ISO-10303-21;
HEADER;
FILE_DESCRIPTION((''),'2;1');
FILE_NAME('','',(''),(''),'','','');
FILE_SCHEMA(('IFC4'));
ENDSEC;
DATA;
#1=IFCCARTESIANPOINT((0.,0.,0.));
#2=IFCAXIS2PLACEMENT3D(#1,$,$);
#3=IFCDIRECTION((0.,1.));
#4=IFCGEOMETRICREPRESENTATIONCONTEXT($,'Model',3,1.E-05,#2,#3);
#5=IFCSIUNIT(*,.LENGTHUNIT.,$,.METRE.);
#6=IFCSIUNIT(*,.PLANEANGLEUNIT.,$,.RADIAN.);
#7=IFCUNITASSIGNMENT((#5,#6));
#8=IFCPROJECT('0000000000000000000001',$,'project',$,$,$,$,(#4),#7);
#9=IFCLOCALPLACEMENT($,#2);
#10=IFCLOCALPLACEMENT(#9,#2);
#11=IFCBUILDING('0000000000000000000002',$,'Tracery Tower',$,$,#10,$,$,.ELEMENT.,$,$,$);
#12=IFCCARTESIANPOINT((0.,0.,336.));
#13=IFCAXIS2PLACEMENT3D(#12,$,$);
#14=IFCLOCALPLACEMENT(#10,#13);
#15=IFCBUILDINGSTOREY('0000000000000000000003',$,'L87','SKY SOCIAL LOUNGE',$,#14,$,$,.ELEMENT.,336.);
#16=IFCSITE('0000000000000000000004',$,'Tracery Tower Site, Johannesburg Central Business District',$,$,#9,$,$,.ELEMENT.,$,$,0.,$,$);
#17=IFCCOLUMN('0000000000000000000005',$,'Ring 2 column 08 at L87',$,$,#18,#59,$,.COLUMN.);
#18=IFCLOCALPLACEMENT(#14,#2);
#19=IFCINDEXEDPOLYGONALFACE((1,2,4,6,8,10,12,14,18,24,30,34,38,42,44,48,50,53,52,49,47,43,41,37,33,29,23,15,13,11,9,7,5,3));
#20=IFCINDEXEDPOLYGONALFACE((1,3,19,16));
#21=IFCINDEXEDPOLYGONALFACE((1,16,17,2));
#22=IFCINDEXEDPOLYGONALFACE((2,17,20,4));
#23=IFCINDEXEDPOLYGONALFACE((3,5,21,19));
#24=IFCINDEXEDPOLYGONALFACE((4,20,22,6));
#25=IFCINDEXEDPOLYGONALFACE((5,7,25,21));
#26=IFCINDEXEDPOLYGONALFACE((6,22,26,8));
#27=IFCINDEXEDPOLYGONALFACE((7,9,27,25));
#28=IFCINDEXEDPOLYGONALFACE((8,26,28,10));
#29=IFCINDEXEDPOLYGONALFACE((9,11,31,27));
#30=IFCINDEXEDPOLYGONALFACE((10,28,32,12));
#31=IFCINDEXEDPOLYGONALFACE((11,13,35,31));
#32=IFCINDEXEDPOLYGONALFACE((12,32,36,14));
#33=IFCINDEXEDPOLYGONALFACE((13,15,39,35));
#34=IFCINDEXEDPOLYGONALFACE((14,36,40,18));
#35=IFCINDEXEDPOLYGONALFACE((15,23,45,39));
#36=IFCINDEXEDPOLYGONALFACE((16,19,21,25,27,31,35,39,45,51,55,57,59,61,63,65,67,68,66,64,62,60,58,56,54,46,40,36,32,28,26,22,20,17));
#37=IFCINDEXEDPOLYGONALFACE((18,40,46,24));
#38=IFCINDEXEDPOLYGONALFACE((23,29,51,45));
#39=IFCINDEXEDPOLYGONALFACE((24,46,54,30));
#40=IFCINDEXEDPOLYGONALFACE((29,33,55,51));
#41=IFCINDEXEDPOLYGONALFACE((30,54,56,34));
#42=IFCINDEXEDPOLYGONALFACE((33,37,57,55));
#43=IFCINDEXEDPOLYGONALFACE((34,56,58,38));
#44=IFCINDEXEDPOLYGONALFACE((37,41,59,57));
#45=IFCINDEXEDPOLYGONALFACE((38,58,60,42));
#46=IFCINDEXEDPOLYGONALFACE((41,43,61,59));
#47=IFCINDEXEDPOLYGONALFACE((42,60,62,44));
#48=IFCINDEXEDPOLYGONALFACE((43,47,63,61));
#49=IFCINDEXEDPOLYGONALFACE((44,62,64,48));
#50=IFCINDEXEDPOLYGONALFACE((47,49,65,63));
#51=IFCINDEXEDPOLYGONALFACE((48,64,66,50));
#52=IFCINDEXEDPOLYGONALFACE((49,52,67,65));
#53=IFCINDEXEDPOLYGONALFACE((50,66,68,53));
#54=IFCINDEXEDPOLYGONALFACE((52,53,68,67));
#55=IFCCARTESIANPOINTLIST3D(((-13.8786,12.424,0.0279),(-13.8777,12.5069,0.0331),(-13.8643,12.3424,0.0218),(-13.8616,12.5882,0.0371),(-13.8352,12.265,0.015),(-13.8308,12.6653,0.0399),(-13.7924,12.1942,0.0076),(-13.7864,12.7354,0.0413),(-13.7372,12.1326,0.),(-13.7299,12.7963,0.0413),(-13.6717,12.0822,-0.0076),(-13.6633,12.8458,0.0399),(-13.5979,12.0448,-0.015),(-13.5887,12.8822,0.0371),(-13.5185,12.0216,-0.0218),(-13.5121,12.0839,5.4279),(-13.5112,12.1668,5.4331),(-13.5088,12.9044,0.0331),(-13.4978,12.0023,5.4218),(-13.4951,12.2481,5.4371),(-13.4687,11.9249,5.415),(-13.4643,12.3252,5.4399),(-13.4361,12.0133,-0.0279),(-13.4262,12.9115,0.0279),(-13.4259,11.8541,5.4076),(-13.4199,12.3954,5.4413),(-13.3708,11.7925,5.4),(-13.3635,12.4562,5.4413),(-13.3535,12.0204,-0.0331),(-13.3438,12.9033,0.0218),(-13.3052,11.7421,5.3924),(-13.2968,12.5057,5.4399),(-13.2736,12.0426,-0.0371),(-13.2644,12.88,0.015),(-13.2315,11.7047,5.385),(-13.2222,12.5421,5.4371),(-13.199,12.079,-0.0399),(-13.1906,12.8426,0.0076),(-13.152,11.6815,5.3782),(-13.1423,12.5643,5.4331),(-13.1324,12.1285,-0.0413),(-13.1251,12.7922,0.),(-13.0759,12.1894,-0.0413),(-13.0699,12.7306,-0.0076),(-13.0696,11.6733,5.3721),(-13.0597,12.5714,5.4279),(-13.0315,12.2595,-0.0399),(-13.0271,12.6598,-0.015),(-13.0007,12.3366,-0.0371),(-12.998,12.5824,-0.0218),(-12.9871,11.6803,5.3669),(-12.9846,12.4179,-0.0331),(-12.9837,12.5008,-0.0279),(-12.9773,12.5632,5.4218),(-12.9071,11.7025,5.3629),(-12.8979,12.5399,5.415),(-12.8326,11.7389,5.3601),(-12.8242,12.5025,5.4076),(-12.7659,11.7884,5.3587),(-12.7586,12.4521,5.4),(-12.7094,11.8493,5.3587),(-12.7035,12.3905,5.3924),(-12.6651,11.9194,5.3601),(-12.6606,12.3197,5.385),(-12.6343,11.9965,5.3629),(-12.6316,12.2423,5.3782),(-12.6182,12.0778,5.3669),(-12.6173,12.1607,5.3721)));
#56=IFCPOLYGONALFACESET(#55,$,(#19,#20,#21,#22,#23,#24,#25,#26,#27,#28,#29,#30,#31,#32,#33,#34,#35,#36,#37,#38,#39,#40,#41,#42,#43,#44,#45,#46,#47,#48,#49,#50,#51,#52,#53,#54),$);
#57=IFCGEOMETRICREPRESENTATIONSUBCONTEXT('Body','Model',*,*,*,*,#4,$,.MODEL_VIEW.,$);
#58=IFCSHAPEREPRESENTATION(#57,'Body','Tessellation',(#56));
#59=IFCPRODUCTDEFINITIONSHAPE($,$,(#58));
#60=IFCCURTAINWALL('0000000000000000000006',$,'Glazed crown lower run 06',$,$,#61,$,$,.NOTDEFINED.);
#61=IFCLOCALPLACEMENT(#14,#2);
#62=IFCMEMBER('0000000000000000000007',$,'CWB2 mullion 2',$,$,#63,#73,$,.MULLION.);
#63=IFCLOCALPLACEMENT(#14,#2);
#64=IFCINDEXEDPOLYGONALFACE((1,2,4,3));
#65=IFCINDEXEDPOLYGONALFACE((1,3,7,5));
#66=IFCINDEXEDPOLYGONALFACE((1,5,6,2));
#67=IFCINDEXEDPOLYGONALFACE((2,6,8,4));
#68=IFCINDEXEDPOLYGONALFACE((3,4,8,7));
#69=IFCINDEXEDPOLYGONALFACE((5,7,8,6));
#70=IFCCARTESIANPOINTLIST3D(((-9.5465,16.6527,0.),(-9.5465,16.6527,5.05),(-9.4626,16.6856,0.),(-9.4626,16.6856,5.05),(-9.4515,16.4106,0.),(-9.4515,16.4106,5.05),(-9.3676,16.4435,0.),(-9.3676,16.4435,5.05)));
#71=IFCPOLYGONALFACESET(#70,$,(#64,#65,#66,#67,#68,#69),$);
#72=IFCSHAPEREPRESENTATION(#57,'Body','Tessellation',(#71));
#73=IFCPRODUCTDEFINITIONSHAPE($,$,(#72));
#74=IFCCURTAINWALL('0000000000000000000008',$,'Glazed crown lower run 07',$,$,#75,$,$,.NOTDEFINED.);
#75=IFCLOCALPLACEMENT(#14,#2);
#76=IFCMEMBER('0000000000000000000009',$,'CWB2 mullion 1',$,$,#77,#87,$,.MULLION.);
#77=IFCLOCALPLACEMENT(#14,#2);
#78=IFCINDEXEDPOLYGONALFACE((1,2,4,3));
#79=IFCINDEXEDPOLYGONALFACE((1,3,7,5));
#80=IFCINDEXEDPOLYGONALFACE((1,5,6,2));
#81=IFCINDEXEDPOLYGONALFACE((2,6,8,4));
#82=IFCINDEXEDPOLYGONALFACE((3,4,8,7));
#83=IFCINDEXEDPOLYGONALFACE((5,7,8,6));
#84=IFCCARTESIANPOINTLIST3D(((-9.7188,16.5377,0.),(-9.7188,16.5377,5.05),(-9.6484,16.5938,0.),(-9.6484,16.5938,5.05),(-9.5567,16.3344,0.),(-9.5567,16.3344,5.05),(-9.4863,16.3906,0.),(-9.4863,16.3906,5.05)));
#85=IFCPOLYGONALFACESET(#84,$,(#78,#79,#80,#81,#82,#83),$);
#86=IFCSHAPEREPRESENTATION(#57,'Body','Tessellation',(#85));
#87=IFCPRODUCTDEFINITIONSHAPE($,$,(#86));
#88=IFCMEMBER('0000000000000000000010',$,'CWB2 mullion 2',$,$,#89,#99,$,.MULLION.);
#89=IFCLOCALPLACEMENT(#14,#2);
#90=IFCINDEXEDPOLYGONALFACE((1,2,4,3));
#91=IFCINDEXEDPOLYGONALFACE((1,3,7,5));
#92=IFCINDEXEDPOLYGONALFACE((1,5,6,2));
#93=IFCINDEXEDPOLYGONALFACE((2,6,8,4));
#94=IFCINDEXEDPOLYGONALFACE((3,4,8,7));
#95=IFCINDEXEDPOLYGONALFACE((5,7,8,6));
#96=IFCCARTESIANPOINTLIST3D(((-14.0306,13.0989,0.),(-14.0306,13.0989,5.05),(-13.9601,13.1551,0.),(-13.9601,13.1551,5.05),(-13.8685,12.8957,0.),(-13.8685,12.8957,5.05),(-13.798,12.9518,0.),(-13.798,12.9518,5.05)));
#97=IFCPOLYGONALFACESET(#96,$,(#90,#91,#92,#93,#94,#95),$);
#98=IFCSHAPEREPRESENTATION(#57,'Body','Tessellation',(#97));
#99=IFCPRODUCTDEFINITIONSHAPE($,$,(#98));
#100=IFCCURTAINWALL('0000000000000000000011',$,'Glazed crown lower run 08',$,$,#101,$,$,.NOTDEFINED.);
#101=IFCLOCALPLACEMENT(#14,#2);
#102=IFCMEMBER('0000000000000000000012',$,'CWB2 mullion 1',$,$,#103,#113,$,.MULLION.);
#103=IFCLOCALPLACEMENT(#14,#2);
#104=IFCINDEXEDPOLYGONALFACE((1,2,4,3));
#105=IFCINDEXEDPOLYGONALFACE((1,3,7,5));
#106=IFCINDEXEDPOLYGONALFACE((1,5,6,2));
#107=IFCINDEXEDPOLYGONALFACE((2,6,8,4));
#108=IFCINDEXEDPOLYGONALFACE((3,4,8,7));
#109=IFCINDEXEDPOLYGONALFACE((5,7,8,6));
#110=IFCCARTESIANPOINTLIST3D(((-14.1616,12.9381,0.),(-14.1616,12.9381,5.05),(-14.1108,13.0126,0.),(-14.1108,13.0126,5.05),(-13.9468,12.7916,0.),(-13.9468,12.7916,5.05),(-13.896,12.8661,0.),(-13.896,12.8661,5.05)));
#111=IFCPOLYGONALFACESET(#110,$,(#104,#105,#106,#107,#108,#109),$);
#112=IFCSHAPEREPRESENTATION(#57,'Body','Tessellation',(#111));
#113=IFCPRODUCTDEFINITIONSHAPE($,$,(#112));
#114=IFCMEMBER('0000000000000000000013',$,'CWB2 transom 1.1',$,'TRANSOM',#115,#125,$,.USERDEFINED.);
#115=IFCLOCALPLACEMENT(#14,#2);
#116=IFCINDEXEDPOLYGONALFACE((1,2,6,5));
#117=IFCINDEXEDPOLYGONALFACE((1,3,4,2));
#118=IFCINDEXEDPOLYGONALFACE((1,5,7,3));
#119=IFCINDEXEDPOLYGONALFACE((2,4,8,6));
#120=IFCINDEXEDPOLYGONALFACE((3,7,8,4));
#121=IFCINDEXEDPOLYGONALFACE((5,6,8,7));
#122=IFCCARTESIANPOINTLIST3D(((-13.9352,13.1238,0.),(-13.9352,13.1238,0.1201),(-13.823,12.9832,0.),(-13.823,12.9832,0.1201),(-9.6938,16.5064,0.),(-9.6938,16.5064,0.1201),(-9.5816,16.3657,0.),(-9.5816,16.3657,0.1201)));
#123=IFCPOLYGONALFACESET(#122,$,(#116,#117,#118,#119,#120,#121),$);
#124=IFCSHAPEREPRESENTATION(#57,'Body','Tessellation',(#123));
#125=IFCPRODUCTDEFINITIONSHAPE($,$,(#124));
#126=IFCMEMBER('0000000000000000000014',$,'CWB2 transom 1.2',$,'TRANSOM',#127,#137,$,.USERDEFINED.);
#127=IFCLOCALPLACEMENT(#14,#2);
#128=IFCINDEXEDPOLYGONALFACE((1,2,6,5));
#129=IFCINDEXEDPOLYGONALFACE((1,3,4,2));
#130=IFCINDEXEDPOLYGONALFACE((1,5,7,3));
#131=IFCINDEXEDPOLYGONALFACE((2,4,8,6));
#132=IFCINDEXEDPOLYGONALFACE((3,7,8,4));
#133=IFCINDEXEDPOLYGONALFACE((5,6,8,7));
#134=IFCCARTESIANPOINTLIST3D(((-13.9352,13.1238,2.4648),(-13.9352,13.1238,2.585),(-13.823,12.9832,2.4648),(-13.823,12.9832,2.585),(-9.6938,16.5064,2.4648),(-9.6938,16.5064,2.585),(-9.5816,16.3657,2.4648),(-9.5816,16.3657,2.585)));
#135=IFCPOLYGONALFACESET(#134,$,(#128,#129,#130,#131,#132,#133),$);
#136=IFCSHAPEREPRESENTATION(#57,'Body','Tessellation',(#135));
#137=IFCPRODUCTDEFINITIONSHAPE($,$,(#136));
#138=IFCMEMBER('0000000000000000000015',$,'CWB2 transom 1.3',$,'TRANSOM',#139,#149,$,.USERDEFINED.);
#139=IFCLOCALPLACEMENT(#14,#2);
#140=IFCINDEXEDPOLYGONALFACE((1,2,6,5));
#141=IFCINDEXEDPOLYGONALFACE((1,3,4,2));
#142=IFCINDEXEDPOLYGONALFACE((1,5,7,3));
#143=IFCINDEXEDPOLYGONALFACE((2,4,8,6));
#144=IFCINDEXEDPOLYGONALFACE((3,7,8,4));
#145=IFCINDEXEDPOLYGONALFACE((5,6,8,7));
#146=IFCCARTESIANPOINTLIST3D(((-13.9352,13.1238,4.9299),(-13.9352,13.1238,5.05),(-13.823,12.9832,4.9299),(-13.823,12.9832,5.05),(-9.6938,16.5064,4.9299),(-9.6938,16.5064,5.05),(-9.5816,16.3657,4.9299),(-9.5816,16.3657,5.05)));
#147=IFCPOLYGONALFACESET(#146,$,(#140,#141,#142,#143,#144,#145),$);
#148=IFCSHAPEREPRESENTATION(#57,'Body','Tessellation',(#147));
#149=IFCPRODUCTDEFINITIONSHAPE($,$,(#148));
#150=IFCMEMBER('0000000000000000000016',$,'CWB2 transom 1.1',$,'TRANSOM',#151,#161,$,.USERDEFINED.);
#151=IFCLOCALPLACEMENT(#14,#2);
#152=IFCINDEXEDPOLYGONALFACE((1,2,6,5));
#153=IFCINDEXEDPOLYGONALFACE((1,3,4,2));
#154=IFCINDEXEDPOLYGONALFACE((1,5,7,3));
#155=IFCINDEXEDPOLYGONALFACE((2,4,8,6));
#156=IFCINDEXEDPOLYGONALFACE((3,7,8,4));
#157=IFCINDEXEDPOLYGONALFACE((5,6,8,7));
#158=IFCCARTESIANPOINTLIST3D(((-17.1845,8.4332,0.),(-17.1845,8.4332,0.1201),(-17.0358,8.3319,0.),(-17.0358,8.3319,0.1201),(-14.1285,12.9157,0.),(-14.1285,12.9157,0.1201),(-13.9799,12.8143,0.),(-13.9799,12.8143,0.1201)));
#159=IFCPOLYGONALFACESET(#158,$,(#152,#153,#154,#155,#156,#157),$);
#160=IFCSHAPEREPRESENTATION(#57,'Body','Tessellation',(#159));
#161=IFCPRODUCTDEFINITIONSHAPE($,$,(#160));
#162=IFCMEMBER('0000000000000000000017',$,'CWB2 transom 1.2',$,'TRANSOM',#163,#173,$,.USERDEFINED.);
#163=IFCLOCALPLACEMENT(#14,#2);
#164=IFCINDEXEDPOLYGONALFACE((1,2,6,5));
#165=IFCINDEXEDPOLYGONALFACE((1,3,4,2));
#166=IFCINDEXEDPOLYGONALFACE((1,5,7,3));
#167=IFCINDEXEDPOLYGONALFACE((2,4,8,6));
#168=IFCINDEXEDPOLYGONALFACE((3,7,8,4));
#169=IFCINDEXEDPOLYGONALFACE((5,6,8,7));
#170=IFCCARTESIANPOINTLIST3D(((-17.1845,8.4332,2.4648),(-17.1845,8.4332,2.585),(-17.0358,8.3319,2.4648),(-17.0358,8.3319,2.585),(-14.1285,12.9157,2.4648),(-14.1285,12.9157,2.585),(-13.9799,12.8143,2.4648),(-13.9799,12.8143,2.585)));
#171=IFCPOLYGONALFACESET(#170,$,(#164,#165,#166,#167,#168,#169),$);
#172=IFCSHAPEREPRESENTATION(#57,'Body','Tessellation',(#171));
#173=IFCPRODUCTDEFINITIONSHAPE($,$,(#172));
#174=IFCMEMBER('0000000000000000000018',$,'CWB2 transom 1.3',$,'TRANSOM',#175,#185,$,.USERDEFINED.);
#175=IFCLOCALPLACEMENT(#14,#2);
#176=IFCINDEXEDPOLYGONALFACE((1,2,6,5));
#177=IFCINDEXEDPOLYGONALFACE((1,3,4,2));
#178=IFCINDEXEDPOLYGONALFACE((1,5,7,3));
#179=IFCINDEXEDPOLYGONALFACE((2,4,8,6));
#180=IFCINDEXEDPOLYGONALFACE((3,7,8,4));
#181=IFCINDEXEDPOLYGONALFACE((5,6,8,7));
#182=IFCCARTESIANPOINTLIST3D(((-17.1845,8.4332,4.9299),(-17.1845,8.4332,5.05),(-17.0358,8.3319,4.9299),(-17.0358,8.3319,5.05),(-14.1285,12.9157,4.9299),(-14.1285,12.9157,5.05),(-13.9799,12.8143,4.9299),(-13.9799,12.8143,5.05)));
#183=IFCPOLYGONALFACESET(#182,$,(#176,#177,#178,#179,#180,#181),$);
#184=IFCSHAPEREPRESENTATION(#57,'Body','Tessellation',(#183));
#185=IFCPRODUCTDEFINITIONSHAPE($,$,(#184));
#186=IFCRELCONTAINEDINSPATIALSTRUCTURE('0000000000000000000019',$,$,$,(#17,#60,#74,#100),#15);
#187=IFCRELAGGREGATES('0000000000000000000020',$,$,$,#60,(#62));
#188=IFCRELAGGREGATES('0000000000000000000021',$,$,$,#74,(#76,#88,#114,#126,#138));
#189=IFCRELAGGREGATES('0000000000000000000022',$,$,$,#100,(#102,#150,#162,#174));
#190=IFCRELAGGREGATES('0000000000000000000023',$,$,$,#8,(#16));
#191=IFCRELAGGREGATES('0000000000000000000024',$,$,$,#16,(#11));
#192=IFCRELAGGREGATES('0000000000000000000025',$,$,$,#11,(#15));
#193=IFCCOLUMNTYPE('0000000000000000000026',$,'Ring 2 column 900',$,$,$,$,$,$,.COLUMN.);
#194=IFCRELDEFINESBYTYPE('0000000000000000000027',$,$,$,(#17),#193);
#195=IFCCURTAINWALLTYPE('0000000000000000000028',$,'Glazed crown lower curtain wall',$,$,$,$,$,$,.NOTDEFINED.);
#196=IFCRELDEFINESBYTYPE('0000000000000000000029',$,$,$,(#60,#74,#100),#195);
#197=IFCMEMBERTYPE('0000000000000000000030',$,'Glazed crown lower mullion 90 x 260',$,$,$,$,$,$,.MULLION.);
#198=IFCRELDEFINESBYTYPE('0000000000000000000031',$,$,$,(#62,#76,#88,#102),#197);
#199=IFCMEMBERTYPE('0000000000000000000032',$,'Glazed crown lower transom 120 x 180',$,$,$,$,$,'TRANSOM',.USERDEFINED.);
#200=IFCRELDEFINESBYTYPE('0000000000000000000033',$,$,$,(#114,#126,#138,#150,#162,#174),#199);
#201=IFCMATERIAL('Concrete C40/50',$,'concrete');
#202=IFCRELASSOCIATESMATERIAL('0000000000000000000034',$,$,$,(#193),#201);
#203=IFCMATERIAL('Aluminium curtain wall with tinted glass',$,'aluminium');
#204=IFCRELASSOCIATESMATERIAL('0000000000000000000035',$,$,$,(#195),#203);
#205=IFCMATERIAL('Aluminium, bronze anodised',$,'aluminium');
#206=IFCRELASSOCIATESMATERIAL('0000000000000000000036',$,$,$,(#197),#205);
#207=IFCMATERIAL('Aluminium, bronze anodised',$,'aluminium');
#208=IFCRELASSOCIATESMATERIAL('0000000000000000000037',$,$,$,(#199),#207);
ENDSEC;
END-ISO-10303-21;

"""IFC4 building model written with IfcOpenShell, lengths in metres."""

from ifc_helpers import new_model, si_unit, direction, frame, origin, origin_2d, place, context, subcontext, project, spatial, rectangle, circle, extrude, material, material_profile, profile_set, type_object, element, aggregate, save


model = new_model("IFC4")

# Units and contexts
model_context = context("Model", 3, precision=1e-05, world=origin(), true_north=direction((0.0, 1.0)))
body_context = subcontext(model_context, "Body", "Model", "MODEL_VIEW")
ifc_project = project(units=[si_unit("LENGTHUNIT", "METRE"), si_unit("PLANEANGLEUNIT", "RADIAN")], contexts=[model_context])

# Site, building, storey
site_placement = place(None, origin())
site = spatial("IfcSite", under=ifc_project, at=site_placement, Name="Tracery Tower Site, Johannesburg Central Business District", CompositionType="ELEMENT", RefElevation=0.0)
building_placement = place(site_placement, origin())
building = spatial("IfcBuilding", under=site, at=building_placement, Name="Tracery Tower", CompositionType="ELEMENT")
storey_placement = place(building_placement, frame((0.0, 0.0, 336.0)))
storey = spatial("IfcBuildingStorey", under=building, at=storey_placement, Name="L87", Description="SKY SOCIAL LOUNGE", CompositionType="ELEMENT", Elevation=336.0)

# Column
ifc_material_1 = material(Name="Concrete C40/50", Category="concrete")
ifc_material_profile_1 = material_profile(ifc_material_1, circle(Radius=0.45, at=origin_2d()), Name="RC D900")
ifc_profile_set_1 = profile_set([ifc_material_profile_1], Name="Concrete C40/50")
column_type = type_object("IfcColumnType", Name="Ring 2 column 900", PredefinedType="COLUMN", material=ifc_profile_set_1)
column_placement = place(storey_placement, frame((-13.4312, 12.4624, 0.0), z_axis=(0.067574, -0.062712, 0.995741), x_axis=(0.680245, 0.732985, 0.0)))
element("IfcColumn", 1, at=column_placement, inside=storey, type_object=column_type, Name="Ring 2 column 08 at L87", PredefinedType="COLUMN", context=body_context, shape_type="SweptSolid", body=[
    extrude(circle(Radius=0.45, at=origin_2d()), origin(), (0.0, 0.0, 1.0), 5.4231),
])

# Curtain wall, member
ifc_material_2 = material(Name="Aluminium curtain wall with tinted glass", Category="aluminium")
curtain_wall_type = type_object("IfcCurtainWallType", Name="Glazed crown lower curtain wall", PredefinedType="NOTDEFINED", material=ifc_material_2)
curtain_wall_1_placement = place(storey_placement, origin())
curtain_wall_1 = element("IfcCurtainWall", 2, at=curtain_wall_1_placement, inside=storey, type_object=curtain_wall_type, Name="Glazed crown lower run 06", PredefinedType="NOTDEFINED")
ifc_material_3 = material(Name="Aluminium, bronze anodised", Category="aluminium")
ifc_material_profile_2 = material_profile(ifc_material_3, rectangle(XDim=0.26, YDim=0.0901, at=origin_2d()), Name="Glazed crown lower mullion 90 x 260")
ifc_profile_set_2 = profile_set([ifc_material_profile_2], Name="Aluminium, bronze anodised")
member_type_1 = type_object("IfcMemberType", Name="Glazed crown lower mullion 90 x 260", PredefinedType="MULLION", material=ifc_profile_set_2)
member_1_placement = place(storey_placement, frame((-9.457, 16.5481, 0.0), z_axis=(0.0, 0.0, 1.0), x_axis=(0.365342, -0.930874, 0.0)))
member_1 = element("IfcMember", 3, at=member_1_placement, type_object=member_type_1, Name="CWB2 mullion 2", PredefinedType="MULLION", context=body_context, shape_type="SweptSolid", body=[
    extrude(rectangle(XDim=0.26, YDim=0.0901, at=origin_2d()), origin(), (0.0, 0.0, 1.0), 5.05),
])
aggregate(curtain_wall_1, [member_1])

# Curtain wall, members
curtain_wall_2_placement = place(storey_placement, origin())
curtain_wall_2 = element("IfcCurtainWall", 4, at=curtain_wall_2_placement, inside=storey, type_object=curtain_wall_type, Name="Glazed crown lower run 07", PredefinedType="NOTDEFINED")
member_2_placement = place(storey_placement, frame((-9.6025, 16.4641, 0.0), z_axis=(0.0, 0.0, 1.0), x_axis=(0.623502, -0.781822, 0.0)))
member_2 = element("IfcMember", 5, at=member_2_placement, type_object=member_type_1, Name="CWB2 mullion 1", PredefinedType="MULLION", context=body_context, shape_type="SweptSolid", body=[
    extrude(rectangle(XDim=0.26, YDim=0.0901, at=origin_2d()), origin(), (0.0, 0.0, 1.0), 5.05),
])
member_3_placement = place(storey_placement, frame((-13.9143, 13.0254, 0.0), z_axis=(0.0, 0.0, 1.0), x_axis=(0.623502, -0.781822, 0.0)))
member_3 = element("IfcMember", 6, at=member_3_placement, type_object=member_type_1, Name="CWB2 mullion 2", PredefinedType="MULLION", context=body_context, shape_type="SweptSolid", body=[
    extrude(rectangle(XDim=0.26, YDim=0.0901, at=origin_2d()), origin(), (0.0, 0.0, 1.0), 5.05),
])

# Curtain wall, member
curtain_wall_3_placement = place(storey_placement, origin())
curtain_wall_3 = element("IfcCurtainWall", 7, at=curtain_wall_3_placement, inside=storey, type_object=curtain_wall_type, Name="Glazed crown lower run 08", PredefinedType="NOTDEFINED")
member_4_placement = place(storey_placement, frame((-14.0288, 12.9021, 0.0), z_axis=(0.0, 0.0, 1.0), x_axis=(0.826233, -0.563329, 0.0)))
member_4 = element("IfcMember", 8, at=member_4_placement, type_object=member_type_1, Name="CWB2 mullion 1", PredefinedType="MULLION", context=body_context, shape_type="SweptSolid", body=[
    extrude(rectangle(XDim=0.26, YDim=0.0901, at=origin_2d()), origin(), (0.0, 0.0, 1.0), 5.05),
])

# Members
ifc_material_4 = material(Name="Aluminium, bronze anodised", Category="aluminium")
ifc_material_profile_3 = material_profile(ifc_material_4, rectangle(XDim=0.1799, YDim=0.1201, at=origin_2d()), Name="Glazed crown lower transom 120 x 180")
ifc_profile_set_3 = profile_set([ifc_material_profile_3], Name="Aluminium, bronze anodised")
member_type_2 = type_object("IfcMemberType", Name="Glazed crown lower transom 120 x 180", ElementType="TRANSOM", PredefinedType="USERDEFINED", material=ifc_profile_set_3)
member_5_placement = place(storey_placement, frame((-9.6377, 16.436, 0.0601), z_axis=(-0.781821, -0.623503, 0.0), x_axis=(0.623503, -0.781821, 0.0)))
member_5 = element("IfcMember", 9, at=member_5_placement, type_object=member_type_2, Name="CWB2 transom 1.1", ObjectType="TRANSOM", PredefinedType="USERDEFINED", context=body_context, shape_type="SweptSolid", body=[
    extrude(rectangle(XDim=0.1799, YDim=0.1201, at=origin_2d()), origin(), (0.0, 0.0, 1.0), 5.425),
])
member_6_placement = place(storey_placement, frame((-9.6377, 16.436, 2.5249), z_axis=(-0.781821, -0.623503, 0.0), x_axis=(0.623503, -0.781821, 0.0)))
member_6 = element("IfcMember", 10, at=member_6_placement, type_object=member_type_2, Name="CWB2 transom 1.2", ObjectType="TRANSOM", PredefinedType="USERDEFINED", context=body_context, shape_type="SweptSolid", body=[
    extrude(rectangle(XDim=0.1799, YDim=0.1201, at=origin_2d()), origin(), (0.0, 0.0, 1.0), 5.425),
])
member_7_placement = place(storey_placement, frame((-9.6377, 16.436, 4.99), z_axis=(-0.781821, -0.623503, 0.0), x_axis=(0.623503, -0.781821, 0.0)))
member_7 = element("IfcMember", 11, at=member_7_placement, type_object=member_type_2, Name="CWB2 transom 1.3", ObjectType="TRANSOM", PredefinedType="USERDEFINED", context=body_context, shape_type="SweptSolid", body=[
    extrude(rectangle(XDim=0.1799, YDim=0.1201, at=origin_2d()), origin(), (0.0, 0.0, 1.0), 5.425),
])
member_8_placement = place(storey_placement, frame((-14.0542, 12.865, 0.0601), z_axis=(-0.563301, -0.826252, 0.0), x_axis=(0.826252, -0.563301, 0.0)))
member_8 = element("IfcMember", 12, at=member_8_placement, type_object=member_type_2, Name="CWB2 transom 1.1", ObjectType="TRANSOM", PredefinedType="USERDEFINED", context=body_context, shape_type="SweptSolid", body=[
    extrude(rectangle(XDim=0.1799, YDim=0.1201, at=origin_2d()), origin(), (0.0, 0.0, 1.0), 5.425),
])
member_9_placement = place(storey_placement, frame((-14.0542, 12.865, 2.5249), z_axis=(-0.563301, -0.826252, 0.0), x_axis=(0.826252, -0.563301, 0.0)))
member_9 = element("IfcMember", 13, at=member_9_placement, type_object=member_type_2, Name="CWB2 transom 1.2", ObjectType="TRANSOM", PredefinedType="USERDEFINED", context=body_context, shape_type="SweptSolid", body=[
    extrude(rectangle(XDim=0.1799, YDim=0.1201, at=origin_2d()), origin(), (0.0, 0.0, 1.0), 5.425),
])
member_10_placement = place(storey_placement, frame((-14.0542, 12.865, 4.99), z_axis=(-0.563301, -0.826252, 0.0), x_axis=(0.826252, -0.563301, 0.0)))
member_10 = element("IfcMember", 14, at=member_10_placement, type_object=member_type_2, Name="CWB2 transom 1.3", ObjectType="TRANSOM", PredefinedType="USERDEFINED", context=body_context, shape_type="SweptSolid", body=[
    extrude(rectangle(XDim=0.1799, YDim=0.1201, at=origin_2d()), origin(), (0.0, 0.0, 1.0), 5.425),
])

aggregate(curtain_wall_2, [member_2, member_3, member_5, member_6, member_7])
aggregate(curtain_wall_3, [member_4, member_8, member_9, member_10])

save(model, "model.ifc")
